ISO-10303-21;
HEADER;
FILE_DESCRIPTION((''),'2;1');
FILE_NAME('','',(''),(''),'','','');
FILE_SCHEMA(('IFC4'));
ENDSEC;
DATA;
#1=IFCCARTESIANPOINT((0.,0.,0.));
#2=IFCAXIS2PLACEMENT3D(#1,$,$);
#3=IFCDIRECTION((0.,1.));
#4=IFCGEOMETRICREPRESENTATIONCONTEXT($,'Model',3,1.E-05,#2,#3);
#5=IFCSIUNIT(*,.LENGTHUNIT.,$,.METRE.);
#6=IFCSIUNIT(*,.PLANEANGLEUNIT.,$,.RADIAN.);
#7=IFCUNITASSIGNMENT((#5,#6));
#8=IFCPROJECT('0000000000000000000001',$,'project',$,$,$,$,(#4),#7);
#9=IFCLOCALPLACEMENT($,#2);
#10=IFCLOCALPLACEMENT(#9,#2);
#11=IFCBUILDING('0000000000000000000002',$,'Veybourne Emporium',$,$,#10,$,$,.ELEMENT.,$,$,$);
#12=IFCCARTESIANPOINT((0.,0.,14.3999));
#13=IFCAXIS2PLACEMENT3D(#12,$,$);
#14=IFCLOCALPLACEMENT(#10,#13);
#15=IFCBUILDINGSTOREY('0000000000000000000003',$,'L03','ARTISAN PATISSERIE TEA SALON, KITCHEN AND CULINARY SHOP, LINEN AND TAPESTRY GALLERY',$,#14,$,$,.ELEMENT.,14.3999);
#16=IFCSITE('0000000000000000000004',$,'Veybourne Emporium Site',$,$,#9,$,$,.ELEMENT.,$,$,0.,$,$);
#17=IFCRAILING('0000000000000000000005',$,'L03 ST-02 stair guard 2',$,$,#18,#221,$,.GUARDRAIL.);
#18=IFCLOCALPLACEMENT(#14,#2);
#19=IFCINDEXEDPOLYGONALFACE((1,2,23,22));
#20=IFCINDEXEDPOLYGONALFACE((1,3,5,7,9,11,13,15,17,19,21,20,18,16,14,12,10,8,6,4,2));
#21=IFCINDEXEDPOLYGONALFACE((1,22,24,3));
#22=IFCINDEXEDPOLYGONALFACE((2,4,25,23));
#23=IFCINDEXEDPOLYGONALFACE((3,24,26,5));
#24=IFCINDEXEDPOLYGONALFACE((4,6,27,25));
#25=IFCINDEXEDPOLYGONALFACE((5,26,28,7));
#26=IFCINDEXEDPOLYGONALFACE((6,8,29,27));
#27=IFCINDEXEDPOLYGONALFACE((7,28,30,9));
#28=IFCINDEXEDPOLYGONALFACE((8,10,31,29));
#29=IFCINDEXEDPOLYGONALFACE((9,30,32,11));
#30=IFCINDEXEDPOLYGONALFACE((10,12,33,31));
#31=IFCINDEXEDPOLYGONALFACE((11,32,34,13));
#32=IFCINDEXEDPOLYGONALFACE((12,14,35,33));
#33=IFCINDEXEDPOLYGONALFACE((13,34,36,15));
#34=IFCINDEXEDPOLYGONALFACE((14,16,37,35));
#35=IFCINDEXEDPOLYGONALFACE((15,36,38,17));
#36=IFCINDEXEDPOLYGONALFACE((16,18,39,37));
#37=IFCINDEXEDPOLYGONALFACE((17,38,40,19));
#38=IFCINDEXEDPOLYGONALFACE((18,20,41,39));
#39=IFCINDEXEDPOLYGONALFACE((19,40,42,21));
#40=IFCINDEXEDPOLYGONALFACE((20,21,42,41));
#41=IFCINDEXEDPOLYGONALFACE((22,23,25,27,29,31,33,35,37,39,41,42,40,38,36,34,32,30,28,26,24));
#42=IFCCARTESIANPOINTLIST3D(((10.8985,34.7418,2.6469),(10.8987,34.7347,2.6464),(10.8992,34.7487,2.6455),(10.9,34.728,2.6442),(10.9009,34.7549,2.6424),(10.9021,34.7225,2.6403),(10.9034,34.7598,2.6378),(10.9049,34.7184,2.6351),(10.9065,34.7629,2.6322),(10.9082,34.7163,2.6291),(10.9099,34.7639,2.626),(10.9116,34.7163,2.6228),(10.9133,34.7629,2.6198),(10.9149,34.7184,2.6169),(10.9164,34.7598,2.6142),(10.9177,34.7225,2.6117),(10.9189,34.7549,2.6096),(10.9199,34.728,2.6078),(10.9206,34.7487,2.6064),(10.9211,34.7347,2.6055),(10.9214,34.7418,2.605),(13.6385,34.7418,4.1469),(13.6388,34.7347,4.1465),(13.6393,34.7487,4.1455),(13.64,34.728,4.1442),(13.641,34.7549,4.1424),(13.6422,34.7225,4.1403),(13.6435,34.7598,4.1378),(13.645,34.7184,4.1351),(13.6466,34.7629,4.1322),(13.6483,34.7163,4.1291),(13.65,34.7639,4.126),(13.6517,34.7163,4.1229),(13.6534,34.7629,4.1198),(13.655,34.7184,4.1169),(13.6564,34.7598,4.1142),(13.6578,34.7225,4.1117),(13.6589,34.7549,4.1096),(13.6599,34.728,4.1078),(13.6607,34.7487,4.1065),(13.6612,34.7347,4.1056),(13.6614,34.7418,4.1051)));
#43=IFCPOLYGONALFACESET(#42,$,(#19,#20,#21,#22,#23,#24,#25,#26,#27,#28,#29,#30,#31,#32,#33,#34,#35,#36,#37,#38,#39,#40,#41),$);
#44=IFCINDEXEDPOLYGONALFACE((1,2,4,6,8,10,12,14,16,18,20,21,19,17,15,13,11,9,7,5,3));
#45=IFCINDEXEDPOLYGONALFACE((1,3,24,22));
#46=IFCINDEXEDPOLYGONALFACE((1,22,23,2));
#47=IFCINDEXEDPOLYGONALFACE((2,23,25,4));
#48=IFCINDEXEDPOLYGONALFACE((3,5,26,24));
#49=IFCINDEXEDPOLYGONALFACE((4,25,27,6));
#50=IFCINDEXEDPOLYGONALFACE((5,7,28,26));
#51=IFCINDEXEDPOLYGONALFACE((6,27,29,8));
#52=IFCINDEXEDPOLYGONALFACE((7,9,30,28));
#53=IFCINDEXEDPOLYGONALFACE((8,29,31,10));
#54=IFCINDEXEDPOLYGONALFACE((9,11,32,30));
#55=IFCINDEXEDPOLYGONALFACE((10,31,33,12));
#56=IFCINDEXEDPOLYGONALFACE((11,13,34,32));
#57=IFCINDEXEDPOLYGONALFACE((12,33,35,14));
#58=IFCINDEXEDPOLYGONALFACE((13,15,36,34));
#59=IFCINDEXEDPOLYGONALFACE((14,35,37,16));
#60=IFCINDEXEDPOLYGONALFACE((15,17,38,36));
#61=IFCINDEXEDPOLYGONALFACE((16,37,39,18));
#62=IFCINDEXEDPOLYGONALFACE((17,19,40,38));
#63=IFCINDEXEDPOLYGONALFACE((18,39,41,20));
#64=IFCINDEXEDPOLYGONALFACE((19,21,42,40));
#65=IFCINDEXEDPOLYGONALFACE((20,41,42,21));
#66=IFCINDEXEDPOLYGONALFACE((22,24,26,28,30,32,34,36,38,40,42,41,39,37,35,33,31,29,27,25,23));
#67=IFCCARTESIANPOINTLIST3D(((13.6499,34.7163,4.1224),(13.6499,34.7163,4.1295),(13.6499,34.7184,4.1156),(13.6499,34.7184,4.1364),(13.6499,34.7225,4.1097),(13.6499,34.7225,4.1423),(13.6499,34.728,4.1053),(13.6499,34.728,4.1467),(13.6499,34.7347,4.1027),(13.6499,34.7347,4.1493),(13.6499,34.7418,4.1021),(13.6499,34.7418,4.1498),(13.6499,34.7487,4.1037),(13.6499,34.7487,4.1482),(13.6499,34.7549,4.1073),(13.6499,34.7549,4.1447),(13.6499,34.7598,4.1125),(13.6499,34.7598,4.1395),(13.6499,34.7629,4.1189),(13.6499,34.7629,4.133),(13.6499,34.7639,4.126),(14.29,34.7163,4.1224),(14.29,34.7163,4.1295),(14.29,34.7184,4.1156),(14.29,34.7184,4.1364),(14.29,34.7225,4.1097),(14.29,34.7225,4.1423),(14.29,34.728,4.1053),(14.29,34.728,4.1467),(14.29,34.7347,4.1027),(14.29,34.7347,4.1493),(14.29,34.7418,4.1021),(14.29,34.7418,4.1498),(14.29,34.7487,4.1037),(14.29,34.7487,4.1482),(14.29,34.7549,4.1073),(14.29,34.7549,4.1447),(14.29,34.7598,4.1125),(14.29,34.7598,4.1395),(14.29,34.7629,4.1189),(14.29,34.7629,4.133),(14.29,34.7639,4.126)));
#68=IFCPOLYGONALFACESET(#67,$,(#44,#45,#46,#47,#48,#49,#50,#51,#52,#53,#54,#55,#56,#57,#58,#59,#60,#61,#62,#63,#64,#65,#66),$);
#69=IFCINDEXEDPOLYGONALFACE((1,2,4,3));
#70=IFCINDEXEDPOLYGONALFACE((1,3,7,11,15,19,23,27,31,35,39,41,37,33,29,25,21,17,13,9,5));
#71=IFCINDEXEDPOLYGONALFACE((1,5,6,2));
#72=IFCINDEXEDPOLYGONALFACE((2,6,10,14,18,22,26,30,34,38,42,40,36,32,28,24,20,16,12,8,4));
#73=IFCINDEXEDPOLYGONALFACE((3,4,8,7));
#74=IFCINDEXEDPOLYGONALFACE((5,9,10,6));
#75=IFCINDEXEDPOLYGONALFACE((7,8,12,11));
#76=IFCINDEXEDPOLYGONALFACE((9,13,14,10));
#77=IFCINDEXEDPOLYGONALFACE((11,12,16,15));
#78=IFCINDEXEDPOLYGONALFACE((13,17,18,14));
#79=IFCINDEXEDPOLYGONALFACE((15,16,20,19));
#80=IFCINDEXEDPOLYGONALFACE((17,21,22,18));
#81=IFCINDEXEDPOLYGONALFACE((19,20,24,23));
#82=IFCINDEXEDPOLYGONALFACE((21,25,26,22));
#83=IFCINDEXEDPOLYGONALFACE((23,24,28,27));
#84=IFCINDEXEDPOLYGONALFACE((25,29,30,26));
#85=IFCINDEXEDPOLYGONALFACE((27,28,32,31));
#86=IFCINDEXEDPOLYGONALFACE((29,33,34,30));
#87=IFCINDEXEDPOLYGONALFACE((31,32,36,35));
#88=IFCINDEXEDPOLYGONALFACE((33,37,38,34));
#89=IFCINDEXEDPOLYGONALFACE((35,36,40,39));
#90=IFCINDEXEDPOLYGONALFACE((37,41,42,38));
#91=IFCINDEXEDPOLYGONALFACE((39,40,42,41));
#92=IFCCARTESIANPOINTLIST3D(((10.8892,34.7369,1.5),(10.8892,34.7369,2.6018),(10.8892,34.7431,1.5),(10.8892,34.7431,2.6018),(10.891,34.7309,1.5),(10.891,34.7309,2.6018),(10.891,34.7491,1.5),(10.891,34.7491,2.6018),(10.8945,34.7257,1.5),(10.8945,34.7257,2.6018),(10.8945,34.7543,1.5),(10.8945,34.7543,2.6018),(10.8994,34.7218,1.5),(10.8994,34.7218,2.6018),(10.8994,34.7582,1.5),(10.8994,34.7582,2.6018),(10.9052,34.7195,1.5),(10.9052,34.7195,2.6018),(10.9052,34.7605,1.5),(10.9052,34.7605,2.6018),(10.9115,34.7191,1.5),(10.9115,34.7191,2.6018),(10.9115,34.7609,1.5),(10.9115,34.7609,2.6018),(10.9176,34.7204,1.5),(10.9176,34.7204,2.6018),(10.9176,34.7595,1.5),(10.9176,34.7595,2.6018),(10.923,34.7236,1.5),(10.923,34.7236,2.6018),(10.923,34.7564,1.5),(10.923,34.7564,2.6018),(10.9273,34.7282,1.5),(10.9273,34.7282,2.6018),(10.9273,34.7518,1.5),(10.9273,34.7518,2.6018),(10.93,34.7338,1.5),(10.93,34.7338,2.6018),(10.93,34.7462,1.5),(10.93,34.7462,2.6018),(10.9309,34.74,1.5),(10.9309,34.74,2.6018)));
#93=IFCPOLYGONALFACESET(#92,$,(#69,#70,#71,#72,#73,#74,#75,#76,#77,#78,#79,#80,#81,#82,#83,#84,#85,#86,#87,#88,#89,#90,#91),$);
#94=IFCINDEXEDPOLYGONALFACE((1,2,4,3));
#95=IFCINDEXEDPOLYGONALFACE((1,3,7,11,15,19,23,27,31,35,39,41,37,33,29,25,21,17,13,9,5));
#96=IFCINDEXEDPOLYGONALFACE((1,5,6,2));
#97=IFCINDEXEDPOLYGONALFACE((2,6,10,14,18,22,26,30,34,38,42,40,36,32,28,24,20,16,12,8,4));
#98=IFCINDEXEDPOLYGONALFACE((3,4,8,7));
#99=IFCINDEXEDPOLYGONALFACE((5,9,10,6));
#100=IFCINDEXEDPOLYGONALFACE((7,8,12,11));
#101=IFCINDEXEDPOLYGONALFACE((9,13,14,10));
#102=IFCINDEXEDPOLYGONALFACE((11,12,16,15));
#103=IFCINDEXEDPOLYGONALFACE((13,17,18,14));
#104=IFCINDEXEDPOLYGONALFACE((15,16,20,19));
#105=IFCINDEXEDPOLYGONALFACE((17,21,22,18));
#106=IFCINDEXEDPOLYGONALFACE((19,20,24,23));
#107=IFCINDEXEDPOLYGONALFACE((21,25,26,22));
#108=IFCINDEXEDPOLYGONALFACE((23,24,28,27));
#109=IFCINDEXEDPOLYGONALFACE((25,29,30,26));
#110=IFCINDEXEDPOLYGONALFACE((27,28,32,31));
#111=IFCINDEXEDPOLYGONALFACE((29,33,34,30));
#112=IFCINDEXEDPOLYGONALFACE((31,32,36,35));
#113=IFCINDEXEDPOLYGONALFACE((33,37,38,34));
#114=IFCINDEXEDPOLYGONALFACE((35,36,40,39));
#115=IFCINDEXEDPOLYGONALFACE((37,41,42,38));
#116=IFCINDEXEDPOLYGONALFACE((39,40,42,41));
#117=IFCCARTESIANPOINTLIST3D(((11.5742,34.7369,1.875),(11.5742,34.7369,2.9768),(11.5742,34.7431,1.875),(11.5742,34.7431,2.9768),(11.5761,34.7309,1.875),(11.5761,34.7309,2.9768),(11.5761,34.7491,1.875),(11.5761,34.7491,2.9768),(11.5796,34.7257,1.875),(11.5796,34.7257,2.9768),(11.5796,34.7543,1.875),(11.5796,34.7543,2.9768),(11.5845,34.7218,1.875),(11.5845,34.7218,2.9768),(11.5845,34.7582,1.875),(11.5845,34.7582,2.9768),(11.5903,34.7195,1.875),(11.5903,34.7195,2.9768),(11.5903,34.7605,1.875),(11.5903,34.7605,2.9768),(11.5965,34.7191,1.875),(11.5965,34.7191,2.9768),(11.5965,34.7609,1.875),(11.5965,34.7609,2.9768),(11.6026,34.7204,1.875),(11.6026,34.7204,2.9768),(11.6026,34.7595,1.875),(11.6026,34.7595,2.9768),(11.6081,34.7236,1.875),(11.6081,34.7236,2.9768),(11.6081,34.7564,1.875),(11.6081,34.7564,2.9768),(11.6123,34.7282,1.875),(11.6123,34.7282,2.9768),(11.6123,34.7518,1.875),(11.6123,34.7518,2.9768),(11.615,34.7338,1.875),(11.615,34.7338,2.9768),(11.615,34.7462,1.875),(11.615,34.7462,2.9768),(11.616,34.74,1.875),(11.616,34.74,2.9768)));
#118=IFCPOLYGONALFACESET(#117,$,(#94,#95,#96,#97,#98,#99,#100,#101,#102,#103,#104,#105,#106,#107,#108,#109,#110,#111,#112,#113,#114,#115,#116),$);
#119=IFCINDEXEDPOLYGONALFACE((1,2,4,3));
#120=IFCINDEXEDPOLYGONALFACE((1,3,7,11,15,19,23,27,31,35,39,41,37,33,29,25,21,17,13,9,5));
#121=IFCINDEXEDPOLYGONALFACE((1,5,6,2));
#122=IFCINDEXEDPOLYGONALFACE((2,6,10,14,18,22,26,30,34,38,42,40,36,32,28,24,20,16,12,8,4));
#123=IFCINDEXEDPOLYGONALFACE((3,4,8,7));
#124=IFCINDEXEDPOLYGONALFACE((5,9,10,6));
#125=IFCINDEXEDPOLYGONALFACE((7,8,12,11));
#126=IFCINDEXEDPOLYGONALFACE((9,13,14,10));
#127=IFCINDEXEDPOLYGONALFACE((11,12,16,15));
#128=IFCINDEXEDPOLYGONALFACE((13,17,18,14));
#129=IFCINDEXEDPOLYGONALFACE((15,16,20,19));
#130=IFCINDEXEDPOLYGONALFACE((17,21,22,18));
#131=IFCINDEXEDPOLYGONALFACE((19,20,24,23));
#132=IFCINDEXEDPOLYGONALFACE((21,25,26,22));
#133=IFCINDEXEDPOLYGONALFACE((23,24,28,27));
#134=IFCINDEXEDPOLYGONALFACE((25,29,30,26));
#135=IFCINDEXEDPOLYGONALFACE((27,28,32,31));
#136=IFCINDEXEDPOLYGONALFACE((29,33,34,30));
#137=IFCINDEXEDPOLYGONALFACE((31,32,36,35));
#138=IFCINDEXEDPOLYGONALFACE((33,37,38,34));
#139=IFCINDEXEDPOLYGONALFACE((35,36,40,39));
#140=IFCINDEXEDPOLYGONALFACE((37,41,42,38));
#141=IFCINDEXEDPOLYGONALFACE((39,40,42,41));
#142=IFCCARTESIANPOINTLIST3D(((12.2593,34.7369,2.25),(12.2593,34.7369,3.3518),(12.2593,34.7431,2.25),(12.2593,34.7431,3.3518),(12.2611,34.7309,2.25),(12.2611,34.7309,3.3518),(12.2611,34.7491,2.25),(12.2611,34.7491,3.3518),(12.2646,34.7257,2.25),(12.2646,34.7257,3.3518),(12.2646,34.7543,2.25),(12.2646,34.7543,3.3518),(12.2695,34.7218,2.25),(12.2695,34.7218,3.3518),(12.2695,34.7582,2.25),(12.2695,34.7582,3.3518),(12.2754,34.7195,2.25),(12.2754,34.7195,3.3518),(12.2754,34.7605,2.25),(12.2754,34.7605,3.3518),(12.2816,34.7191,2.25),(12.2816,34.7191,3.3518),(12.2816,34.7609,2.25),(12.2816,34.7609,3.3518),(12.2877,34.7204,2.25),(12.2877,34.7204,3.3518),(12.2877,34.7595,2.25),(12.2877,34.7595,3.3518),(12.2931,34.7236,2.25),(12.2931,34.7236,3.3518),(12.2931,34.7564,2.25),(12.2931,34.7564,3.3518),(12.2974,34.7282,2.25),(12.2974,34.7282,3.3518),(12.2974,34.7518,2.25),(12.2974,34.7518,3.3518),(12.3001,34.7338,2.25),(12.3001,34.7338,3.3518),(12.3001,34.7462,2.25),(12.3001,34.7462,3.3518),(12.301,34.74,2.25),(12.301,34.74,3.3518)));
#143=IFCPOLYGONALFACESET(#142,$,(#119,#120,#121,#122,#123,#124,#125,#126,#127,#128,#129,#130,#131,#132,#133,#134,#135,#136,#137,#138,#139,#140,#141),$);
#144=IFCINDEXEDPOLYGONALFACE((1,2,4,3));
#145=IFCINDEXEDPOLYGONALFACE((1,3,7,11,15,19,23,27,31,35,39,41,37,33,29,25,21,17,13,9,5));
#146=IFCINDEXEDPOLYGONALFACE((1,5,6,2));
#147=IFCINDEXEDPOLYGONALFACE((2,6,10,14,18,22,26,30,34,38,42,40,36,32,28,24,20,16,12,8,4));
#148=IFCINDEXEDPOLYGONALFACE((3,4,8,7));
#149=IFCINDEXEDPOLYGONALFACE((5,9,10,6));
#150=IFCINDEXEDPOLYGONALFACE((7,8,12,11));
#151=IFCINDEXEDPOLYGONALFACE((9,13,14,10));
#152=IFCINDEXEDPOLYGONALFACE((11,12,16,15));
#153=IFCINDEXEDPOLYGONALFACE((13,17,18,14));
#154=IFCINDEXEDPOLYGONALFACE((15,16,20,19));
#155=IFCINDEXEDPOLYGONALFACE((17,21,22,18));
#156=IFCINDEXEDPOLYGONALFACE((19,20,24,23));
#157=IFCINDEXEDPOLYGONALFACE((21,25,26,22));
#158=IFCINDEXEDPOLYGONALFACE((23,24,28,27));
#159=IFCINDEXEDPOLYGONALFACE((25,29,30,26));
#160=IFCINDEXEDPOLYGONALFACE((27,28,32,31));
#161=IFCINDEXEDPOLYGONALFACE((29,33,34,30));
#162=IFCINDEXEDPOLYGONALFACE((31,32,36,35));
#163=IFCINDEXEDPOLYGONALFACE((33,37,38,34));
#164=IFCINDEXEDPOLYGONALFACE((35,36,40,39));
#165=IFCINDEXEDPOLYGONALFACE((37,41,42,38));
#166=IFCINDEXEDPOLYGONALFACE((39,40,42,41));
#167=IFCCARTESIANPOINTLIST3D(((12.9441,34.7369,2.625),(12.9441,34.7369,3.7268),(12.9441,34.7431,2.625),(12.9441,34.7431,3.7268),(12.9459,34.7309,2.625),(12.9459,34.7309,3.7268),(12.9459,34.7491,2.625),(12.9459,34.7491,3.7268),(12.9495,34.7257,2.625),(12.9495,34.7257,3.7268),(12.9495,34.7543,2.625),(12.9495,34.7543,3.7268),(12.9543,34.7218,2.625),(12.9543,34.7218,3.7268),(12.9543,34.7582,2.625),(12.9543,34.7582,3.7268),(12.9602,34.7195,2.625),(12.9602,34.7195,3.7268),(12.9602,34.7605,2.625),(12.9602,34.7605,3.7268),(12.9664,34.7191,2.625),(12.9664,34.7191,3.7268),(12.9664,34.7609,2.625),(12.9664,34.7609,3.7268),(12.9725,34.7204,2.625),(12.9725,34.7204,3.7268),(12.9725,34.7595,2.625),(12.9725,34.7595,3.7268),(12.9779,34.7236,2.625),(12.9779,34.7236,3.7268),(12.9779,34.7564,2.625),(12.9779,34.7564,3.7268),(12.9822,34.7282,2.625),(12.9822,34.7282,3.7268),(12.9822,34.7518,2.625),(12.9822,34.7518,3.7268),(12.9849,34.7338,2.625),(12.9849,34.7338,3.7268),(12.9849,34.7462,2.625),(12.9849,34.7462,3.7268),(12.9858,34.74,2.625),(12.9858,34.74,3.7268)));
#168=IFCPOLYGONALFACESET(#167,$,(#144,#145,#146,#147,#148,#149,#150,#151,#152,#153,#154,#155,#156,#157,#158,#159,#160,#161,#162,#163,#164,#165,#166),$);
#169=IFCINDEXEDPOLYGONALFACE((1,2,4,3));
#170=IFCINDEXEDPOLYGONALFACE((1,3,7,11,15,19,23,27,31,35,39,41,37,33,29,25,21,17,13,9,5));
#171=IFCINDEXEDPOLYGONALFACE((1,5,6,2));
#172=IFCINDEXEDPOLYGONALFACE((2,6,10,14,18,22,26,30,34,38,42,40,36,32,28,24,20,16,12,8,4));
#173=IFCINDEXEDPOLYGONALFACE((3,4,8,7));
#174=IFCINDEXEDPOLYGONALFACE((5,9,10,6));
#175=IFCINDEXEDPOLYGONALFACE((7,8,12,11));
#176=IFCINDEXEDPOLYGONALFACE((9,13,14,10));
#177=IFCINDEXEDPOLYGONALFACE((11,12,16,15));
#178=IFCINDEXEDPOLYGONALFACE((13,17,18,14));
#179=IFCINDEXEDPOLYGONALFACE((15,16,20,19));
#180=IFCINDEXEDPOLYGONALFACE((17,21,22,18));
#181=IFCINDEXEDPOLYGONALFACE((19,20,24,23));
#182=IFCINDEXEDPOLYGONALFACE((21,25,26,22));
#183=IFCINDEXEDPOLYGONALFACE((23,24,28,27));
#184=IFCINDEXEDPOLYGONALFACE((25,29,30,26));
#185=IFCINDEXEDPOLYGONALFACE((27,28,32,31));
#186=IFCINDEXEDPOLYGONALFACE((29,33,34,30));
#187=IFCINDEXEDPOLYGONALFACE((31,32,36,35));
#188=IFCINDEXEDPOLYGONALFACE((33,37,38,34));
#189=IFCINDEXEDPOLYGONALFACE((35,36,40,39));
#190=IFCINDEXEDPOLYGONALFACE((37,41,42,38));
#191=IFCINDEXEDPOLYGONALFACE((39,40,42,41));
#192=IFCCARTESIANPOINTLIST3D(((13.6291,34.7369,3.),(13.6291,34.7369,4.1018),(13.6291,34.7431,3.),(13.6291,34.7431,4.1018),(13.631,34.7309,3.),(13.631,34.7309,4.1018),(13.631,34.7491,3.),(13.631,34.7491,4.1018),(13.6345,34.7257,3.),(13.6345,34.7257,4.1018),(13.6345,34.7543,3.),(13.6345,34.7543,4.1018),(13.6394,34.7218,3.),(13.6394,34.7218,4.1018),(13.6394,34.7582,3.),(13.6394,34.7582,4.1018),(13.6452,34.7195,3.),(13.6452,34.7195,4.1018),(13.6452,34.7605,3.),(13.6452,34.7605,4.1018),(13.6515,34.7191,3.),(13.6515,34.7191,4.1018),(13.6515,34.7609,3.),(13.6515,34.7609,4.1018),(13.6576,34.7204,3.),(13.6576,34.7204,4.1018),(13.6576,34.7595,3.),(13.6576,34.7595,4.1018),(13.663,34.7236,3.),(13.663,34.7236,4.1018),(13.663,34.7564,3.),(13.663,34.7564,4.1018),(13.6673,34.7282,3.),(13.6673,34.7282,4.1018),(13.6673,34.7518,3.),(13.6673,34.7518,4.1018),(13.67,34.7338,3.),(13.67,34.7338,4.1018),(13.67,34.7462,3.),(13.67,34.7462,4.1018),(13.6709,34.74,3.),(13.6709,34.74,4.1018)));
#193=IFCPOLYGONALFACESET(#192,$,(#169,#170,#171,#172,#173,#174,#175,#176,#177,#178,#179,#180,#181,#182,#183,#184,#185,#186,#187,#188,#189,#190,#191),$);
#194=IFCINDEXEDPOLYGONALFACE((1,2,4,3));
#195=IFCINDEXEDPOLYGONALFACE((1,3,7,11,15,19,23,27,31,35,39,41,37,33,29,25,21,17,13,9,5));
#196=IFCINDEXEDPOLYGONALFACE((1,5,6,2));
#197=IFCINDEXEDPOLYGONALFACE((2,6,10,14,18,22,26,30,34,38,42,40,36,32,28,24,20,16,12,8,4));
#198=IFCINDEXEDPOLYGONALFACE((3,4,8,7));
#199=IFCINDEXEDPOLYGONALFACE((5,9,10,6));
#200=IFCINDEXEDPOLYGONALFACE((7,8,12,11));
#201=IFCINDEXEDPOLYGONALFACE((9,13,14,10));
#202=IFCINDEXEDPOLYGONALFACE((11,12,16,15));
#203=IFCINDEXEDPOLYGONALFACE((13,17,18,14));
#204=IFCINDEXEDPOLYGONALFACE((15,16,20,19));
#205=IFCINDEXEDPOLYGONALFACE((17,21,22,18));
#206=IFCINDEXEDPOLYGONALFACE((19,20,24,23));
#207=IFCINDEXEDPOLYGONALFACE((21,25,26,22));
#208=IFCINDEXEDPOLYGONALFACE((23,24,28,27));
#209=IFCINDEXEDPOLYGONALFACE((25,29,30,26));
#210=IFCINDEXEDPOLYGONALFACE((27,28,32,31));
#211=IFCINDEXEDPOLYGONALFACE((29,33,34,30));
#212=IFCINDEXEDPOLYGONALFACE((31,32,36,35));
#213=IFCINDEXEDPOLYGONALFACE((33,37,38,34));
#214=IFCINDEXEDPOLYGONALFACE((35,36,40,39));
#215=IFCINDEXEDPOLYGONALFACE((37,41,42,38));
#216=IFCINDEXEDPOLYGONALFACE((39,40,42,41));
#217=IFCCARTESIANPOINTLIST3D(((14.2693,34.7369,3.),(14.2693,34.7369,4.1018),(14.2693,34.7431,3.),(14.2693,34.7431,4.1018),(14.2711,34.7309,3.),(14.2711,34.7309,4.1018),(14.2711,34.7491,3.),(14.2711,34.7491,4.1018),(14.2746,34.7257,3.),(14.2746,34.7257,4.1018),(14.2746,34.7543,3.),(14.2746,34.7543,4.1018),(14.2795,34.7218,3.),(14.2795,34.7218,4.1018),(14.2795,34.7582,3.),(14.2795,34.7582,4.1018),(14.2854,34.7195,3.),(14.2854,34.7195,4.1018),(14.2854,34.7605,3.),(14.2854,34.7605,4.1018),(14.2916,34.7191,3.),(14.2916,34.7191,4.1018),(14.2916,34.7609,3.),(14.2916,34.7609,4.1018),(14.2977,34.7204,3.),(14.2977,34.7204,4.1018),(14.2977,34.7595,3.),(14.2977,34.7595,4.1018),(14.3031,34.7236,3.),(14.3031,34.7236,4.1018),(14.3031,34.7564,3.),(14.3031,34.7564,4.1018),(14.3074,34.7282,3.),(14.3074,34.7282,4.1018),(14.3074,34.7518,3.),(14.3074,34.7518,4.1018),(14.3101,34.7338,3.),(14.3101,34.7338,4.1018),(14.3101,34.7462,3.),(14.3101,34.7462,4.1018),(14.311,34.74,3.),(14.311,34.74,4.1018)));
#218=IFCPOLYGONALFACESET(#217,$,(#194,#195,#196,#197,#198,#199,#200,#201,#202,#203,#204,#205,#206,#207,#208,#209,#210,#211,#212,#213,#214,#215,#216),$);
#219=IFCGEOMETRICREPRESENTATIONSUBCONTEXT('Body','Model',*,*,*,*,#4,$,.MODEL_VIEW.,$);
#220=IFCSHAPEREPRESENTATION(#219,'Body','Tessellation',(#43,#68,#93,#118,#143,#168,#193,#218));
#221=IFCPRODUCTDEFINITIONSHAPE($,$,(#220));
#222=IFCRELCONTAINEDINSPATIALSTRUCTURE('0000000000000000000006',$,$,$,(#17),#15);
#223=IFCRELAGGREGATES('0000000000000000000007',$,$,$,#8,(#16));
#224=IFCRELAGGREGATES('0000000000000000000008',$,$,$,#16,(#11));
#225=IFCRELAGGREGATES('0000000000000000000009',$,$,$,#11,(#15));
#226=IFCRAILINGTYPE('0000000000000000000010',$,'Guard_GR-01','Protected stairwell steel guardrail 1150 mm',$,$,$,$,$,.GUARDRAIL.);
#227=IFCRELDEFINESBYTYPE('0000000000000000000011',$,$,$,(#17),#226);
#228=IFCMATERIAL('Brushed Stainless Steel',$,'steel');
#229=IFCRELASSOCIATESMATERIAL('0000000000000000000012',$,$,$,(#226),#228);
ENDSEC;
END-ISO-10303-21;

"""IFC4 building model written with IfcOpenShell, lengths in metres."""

from ifc_helpers import new_model, si_unit, direction, frame, origin, origin_2d, place, context, subcontext, project, spatial, circle, extrude, material, type_object, element, save


model = new_model("IFC4")

# Units and contexts
model_context = context("Model", 3, precision=1e-05, world=origin(), true_north=direction((0.0, 1.0)))
body_context = subcontext(model_context, "Body", "Model", "MODEL_VIEW")
ifc_project = project(units=[si_unit("LENGTHUNIT", "METRE"), si_unit("PLANEANGLEUNIT", "RADIAN")], contexts=[model_context])

# Site, building, storey
site_placement = place(None, origin())
site = spatial("IfcSite", under=ifc_project, at=site_placement, Name="Veybourne Emporium Site", CompositionType="ELEMENT", RefElevation=0.0)
building_placement = place(site_placement, origin())
building = spatial("IfcBuilding", under=site, at=building_placement, Name="Veybourne Emporium", CompositionType="ELEMENT")
storey_placement = place(building_placement, frame((0.0, 0.0, 14.3999)))
storey = spatial("IfcBuildingStorey", under=building, at=storey_placement, Name="L03", Description="ARTISAN PATISSERIE TEA SALON, KITCHEN AND CULINARY SHOP, LINEN AND TAPESTRY GALLERY", CompositionType="ELEMENT", Elevation=14.3999)

# Railing
ifc_material_1 = material(Name="Brushed Stainless Steel", Category="steel")
railing_type_1 = type_object("IfcRailingType", Name="Guard_GR-01", Description="Protected stairwell steel guardrail 1150 mm", PredefinedType="GUARDRAIL", material=ifc_material_1)
railing_1_placement = place(storey_placement, frame((10.9099, 34.74, 1.5)))
element("IfcRailing", 1, at=railing_1_placement, inside=storey, type_object=railing_type_1, Name="L03 ST-02 stair guard 2", PredefinedType="GUARDRAIL", context=body_context, shape_type="SweptSolid", body=[
    extrude(circle(Radius=0.0239, at=origin_2d()), frame((0.0, 0.0, 1.126), z_axis=(0.87716, 0.0, 0.480199), x_axis=(0.0, 1.0, 0.0)), (0.0, 0.0, 1.0), 3.1238),
    extrude(circle(Radius=0.0239, at=origin_2d()), frame((2.74, 0.0, 2.626), z_axis=(1.0, 0.0, 0.0), x_axis=(0.0, 1.0, 0.0)), (0.0, 0.0, 1.0), 0.6401),
    extrude(circle(Radius=0.021, at=origin_2d()), origin(), (0.0, 0.0, 1.0), 1.1018),
    extrude(circle(Radius=0.021, at=origin_2d()), frame((0.6851, 0.0, 0.375)), (0.0, 0.0, 1.0), 1.1018),
    extrude(circle(Radius=0.021, at=origin_2d()), frame((1.3701, 0.0, 0.75)), (0.0, 0.0, 1.0), 1.1018),
    extrude(circle(Radius=0.021, at=origin_2d()), frame((2.0549, 0.0, 1.125)), (0.0, 0.0, 1.0), 1.1018),
    extrude(circle(Radius=0.021, at=origin_2d()), frame((2.74, 0.0, 1.5)), (0.0, 0.0, 1.0), 1.1018),
    extrude(circle(Radius=0.021, at=origin_2d()), frame((3.3801, 0.0, 1.5)), (0.0, 0.0, 1.0), 1.1018),
])

save(model, "model.ifc")
